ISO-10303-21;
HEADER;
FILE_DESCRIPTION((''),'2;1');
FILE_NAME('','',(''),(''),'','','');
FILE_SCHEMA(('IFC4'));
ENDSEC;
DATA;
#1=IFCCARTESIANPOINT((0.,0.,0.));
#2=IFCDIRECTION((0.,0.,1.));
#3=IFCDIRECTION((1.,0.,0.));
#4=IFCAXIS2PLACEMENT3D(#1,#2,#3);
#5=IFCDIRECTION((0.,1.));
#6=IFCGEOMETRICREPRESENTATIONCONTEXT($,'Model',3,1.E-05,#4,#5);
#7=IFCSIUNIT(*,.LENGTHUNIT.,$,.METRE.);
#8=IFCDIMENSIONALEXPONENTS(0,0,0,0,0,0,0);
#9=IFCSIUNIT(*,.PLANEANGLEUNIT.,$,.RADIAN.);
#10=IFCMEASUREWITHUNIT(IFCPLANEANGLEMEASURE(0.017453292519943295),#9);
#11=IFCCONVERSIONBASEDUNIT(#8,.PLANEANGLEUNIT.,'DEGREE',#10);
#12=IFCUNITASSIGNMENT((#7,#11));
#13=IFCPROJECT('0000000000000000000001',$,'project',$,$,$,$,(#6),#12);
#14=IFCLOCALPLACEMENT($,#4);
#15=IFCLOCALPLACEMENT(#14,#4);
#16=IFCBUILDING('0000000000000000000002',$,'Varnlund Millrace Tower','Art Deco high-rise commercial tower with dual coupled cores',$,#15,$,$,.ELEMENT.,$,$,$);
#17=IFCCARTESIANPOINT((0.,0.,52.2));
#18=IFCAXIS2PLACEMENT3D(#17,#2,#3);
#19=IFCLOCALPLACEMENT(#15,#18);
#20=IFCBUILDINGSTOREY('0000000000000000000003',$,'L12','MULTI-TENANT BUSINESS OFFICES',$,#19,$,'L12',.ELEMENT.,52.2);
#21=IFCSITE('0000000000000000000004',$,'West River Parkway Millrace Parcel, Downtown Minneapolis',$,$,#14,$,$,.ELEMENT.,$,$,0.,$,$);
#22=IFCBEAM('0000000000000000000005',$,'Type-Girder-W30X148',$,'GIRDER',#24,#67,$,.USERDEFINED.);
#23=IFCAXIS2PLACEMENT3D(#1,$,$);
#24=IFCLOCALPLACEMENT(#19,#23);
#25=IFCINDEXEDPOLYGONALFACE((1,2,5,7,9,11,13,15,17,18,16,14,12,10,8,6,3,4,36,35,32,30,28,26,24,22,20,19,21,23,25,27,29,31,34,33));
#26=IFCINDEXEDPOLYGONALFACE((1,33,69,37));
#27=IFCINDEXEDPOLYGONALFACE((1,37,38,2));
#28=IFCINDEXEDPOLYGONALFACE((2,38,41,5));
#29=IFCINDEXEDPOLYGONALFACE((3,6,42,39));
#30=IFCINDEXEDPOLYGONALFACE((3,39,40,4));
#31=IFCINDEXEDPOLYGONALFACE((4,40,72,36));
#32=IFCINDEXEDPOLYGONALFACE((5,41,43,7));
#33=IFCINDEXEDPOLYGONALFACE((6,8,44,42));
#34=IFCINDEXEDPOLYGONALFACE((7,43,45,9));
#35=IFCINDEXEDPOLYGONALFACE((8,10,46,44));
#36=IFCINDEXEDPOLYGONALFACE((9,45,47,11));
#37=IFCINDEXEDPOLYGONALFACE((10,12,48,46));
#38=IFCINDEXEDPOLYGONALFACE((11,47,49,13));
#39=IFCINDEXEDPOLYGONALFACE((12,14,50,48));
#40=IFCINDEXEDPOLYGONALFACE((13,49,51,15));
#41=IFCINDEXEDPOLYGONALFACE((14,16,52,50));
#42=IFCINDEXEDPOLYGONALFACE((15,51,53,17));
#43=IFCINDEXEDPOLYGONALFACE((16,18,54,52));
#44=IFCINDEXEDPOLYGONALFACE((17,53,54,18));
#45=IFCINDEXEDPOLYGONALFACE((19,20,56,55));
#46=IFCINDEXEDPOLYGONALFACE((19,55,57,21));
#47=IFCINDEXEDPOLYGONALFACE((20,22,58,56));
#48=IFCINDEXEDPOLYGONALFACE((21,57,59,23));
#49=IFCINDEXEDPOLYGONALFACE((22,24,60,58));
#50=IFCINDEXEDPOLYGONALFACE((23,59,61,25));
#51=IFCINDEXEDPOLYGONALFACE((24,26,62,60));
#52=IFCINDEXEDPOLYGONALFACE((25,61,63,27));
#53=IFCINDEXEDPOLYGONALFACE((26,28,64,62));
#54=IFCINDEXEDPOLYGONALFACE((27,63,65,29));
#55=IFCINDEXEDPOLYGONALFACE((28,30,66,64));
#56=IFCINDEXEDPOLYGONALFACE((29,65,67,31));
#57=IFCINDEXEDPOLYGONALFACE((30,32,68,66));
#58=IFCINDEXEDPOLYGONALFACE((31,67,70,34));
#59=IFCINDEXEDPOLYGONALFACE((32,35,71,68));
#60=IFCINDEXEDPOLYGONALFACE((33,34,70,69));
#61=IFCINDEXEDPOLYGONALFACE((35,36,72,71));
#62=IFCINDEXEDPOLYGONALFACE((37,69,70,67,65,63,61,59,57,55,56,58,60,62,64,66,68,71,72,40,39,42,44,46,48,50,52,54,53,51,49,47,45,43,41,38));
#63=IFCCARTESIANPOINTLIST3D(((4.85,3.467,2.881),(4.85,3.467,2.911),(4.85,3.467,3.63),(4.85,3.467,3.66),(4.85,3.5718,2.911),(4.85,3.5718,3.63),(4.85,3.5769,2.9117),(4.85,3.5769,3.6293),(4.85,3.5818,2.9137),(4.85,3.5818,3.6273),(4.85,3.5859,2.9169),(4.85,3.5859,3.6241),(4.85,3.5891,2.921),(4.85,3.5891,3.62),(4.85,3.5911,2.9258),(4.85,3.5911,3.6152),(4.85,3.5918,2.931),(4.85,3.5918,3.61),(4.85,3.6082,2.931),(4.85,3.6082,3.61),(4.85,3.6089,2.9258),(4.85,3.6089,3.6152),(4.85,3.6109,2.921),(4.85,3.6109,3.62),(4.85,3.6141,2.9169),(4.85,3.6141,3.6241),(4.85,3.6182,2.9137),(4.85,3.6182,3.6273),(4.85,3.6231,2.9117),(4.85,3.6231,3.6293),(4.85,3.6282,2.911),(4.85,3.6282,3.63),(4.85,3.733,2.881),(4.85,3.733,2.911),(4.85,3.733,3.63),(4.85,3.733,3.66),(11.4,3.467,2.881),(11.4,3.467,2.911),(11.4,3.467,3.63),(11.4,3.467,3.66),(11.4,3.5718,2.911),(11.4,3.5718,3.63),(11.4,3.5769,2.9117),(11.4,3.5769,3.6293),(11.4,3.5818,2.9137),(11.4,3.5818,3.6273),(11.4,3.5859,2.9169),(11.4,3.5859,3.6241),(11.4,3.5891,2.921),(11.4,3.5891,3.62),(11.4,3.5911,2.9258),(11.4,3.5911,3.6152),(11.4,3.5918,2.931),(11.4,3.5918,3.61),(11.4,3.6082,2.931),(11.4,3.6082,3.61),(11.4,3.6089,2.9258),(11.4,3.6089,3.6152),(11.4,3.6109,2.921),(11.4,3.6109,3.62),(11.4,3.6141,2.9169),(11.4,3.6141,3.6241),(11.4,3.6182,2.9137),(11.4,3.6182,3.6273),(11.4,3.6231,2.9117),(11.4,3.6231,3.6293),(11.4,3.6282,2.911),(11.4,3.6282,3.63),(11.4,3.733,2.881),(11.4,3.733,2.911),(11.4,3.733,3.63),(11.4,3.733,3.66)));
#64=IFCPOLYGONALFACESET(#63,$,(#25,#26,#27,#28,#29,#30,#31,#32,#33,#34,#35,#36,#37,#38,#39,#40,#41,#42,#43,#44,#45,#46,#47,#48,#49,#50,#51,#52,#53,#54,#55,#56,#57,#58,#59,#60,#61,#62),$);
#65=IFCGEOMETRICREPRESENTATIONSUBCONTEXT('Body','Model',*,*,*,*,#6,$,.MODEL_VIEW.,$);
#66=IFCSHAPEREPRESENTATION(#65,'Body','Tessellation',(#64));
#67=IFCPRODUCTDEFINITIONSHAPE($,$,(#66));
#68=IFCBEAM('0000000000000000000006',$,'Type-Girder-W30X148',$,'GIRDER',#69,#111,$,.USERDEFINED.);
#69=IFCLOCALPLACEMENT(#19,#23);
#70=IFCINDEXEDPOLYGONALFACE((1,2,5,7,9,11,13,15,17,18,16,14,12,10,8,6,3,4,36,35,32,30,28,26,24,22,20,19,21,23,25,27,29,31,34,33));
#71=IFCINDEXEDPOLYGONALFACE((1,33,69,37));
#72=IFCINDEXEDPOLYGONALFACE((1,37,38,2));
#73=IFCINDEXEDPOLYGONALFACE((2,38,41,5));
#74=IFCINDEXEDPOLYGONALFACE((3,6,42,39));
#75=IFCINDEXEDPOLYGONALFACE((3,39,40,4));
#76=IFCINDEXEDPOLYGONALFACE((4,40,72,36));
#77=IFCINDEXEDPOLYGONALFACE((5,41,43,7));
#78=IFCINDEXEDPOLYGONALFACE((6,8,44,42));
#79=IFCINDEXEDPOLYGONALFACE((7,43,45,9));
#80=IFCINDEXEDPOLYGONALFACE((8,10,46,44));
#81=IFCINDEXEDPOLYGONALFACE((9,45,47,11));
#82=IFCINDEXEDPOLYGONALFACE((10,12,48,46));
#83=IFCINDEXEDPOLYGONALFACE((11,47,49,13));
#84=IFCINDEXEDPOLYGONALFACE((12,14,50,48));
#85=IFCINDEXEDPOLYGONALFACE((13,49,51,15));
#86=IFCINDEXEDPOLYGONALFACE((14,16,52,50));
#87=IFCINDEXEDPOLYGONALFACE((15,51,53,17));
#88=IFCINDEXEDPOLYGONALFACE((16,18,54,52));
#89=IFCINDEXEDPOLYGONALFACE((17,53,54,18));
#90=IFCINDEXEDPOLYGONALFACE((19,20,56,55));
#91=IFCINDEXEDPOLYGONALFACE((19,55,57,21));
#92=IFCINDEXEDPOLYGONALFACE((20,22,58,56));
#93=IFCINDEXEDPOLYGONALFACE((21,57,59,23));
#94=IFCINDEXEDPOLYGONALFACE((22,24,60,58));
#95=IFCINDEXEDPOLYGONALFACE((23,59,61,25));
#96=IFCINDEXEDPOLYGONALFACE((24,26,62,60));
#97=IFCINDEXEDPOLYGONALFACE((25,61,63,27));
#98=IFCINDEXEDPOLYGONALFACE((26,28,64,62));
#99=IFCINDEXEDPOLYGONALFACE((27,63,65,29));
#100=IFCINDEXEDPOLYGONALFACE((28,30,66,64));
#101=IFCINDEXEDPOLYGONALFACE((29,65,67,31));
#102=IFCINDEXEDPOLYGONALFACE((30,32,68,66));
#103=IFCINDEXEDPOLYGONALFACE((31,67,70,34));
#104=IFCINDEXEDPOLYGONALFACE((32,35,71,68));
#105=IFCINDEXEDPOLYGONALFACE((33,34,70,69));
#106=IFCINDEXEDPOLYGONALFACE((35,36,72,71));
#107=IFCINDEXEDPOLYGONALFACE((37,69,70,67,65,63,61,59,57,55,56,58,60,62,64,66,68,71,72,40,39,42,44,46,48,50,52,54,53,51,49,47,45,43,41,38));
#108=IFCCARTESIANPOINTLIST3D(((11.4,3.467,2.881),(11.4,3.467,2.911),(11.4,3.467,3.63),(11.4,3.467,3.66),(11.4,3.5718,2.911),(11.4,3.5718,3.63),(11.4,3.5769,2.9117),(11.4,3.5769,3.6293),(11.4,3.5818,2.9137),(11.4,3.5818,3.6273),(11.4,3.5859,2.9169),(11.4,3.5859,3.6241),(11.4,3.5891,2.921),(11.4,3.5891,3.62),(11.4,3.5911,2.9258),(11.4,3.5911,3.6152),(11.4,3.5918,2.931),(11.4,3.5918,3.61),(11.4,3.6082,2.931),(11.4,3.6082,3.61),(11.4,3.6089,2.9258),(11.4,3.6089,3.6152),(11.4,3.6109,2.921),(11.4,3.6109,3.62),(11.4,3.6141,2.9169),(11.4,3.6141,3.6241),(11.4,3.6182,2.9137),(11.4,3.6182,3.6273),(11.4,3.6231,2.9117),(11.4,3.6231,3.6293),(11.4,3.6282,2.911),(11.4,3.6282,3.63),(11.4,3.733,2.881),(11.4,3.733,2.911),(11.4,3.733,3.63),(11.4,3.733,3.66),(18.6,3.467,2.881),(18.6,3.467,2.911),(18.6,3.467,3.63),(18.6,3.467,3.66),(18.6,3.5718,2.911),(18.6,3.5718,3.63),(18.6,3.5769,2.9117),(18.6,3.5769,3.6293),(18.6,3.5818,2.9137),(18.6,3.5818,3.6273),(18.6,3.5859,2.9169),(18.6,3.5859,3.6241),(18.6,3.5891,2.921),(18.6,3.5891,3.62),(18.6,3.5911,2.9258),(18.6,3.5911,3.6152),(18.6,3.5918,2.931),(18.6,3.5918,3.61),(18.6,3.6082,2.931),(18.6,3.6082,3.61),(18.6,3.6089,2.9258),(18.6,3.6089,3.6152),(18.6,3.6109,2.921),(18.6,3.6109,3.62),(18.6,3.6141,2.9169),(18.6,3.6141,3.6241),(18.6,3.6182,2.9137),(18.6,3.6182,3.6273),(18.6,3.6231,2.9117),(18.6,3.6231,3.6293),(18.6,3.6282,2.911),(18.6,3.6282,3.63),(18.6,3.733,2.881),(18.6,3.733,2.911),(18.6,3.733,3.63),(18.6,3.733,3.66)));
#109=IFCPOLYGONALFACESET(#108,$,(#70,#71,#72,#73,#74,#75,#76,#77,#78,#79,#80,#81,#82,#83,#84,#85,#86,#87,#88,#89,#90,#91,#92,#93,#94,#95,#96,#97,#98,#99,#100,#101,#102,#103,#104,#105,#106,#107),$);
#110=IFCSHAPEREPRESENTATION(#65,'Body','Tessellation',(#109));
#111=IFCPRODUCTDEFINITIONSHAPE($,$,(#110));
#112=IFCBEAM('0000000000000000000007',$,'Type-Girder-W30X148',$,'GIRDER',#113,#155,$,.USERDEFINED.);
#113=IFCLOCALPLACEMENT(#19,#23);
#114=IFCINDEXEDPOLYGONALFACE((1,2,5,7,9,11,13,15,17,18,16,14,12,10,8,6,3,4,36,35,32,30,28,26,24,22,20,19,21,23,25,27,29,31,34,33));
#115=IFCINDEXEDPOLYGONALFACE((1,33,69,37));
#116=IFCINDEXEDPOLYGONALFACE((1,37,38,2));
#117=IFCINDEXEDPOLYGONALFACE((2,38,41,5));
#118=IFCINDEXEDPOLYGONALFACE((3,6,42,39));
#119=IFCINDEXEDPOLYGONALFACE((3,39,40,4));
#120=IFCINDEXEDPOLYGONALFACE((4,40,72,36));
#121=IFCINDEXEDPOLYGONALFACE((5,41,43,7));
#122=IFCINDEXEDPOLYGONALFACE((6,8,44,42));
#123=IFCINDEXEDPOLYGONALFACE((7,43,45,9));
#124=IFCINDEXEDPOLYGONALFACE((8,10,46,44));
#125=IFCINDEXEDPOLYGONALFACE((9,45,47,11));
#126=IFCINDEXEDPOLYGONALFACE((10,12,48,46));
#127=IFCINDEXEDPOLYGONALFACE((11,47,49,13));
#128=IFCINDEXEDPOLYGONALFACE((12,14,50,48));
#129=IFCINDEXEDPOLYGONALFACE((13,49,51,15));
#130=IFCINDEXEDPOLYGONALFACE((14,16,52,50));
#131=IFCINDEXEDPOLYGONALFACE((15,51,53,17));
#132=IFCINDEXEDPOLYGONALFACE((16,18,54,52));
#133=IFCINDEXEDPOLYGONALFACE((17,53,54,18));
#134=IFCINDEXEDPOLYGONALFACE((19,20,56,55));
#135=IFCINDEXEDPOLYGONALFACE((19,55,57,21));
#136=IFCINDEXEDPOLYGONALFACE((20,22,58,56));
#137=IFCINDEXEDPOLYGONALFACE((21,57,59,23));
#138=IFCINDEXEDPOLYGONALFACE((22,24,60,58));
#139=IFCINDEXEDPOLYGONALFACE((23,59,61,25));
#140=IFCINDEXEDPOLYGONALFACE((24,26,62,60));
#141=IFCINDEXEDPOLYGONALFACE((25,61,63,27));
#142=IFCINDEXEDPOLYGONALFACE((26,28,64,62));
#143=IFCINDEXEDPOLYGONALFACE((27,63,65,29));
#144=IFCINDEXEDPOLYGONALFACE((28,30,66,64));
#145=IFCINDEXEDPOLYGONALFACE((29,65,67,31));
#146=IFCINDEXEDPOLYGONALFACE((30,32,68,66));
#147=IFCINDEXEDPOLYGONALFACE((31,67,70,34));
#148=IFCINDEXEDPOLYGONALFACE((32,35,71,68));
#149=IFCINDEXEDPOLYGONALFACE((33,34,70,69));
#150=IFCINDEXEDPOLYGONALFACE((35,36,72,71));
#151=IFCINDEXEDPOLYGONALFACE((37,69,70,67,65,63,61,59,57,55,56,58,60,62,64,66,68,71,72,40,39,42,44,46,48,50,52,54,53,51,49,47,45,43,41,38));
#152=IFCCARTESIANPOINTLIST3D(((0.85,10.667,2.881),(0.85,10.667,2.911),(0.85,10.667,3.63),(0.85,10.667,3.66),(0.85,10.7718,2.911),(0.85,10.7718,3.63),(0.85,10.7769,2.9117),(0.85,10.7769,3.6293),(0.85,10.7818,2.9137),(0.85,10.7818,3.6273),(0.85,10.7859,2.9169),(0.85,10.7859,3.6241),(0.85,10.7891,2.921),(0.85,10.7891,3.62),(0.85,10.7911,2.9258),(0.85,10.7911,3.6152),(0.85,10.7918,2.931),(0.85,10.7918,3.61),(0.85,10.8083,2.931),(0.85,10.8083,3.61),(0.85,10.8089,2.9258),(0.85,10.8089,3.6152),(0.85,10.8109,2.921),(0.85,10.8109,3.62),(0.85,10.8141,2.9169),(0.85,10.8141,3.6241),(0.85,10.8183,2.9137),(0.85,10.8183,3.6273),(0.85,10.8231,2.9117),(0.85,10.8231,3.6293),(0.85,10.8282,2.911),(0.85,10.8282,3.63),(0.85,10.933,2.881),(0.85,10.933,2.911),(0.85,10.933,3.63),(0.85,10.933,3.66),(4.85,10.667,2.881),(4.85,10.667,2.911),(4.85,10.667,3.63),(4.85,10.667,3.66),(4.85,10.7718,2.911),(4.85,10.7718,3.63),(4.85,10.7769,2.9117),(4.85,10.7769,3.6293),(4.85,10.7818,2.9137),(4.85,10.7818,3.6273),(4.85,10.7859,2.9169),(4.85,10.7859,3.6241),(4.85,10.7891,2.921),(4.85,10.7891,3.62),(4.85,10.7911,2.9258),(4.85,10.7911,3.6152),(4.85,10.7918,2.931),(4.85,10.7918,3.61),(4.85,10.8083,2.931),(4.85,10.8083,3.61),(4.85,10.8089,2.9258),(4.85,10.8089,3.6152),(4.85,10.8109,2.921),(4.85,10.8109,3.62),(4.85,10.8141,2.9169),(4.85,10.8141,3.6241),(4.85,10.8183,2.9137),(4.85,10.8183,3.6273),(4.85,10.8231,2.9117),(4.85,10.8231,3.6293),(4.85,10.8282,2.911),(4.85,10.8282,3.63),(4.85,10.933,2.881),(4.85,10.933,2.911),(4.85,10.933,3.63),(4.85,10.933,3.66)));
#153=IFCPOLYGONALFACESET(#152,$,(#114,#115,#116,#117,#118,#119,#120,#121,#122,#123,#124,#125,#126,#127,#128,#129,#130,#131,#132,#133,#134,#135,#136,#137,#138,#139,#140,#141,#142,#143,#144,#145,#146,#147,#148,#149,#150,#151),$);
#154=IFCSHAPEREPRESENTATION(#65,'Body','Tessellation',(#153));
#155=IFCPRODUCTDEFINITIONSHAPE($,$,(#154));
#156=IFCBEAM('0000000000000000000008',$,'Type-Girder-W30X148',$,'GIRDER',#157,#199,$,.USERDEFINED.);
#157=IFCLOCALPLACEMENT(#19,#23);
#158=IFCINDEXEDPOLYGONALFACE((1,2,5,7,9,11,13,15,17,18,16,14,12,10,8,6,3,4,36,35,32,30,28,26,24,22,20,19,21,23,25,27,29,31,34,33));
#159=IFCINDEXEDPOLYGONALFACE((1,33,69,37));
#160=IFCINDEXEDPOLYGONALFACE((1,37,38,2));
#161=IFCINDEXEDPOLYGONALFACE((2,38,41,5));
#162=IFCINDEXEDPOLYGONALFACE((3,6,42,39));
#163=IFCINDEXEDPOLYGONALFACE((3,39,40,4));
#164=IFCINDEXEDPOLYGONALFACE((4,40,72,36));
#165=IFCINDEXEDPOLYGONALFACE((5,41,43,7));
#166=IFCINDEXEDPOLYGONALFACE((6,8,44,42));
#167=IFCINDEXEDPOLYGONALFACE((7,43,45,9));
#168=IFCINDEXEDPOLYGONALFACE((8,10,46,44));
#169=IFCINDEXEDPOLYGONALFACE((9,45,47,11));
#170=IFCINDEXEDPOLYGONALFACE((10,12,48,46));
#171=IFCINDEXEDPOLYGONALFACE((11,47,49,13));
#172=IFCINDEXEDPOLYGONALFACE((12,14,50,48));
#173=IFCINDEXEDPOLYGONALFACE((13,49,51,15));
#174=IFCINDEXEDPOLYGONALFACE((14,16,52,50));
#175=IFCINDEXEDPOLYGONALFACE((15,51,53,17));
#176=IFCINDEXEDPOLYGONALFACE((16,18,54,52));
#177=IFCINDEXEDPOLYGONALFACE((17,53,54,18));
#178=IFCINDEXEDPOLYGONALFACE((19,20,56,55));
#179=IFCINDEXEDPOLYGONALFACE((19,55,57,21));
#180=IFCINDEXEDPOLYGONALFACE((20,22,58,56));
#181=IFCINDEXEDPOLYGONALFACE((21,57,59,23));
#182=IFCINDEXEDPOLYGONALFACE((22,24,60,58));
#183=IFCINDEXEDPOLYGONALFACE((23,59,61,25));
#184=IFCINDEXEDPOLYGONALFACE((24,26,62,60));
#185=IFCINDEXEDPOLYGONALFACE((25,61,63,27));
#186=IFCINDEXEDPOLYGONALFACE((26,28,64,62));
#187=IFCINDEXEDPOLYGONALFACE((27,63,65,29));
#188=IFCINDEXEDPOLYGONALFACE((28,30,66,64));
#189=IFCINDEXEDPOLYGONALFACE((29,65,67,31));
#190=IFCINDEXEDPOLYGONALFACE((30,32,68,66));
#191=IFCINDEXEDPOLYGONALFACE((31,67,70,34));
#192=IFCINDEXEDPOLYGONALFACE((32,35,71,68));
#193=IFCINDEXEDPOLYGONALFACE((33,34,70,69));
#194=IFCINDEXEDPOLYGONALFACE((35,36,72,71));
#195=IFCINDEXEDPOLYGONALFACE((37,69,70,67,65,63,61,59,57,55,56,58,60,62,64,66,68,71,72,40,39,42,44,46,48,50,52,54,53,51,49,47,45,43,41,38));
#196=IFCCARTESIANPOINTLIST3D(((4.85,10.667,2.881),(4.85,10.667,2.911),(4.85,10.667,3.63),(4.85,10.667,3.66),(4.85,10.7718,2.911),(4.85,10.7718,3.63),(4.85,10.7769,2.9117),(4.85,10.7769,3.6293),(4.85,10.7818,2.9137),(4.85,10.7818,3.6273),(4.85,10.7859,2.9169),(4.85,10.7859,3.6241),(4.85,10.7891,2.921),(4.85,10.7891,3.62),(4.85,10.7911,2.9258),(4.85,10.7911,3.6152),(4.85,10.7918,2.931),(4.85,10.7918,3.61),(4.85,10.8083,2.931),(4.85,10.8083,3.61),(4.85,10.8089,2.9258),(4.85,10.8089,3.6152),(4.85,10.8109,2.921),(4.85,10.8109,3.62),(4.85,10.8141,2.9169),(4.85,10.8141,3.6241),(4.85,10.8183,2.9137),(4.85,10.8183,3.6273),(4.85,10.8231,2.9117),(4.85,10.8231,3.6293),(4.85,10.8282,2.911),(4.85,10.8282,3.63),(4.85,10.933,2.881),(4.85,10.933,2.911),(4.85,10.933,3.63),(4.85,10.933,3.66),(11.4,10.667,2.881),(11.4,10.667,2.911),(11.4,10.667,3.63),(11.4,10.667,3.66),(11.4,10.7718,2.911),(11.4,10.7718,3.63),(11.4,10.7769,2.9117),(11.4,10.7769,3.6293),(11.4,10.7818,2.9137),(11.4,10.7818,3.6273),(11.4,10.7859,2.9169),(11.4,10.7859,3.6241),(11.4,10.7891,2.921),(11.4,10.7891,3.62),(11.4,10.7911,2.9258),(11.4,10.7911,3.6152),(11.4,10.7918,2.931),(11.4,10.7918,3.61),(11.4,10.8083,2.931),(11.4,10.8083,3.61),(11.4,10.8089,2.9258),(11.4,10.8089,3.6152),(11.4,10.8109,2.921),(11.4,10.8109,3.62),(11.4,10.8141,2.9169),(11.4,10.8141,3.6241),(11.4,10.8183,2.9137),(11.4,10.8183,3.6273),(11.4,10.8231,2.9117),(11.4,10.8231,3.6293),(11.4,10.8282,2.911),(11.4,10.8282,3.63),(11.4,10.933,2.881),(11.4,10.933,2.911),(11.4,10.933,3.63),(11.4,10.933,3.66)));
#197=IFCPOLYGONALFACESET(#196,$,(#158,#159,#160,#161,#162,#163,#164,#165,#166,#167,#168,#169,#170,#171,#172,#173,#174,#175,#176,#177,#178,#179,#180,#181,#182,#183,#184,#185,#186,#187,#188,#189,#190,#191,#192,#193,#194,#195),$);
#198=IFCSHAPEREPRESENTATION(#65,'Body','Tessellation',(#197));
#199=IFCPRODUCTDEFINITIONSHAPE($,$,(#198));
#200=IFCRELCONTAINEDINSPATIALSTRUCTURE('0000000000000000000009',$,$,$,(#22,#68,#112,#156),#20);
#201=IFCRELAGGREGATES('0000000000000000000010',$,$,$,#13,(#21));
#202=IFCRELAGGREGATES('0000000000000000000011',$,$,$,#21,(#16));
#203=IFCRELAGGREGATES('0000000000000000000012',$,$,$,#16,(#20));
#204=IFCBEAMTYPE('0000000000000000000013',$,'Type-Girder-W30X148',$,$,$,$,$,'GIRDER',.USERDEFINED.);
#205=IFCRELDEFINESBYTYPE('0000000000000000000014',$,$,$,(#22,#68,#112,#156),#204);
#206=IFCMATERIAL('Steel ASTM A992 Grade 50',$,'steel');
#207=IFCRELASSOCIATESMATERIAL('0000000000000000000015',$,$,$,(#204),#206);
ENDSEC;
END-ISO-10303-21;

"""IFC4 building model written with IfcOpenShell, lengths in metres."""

from ifc_helpers import new_model, entity, si_unit, converted_unit, direction, frame, origin_with_axes, origin_2d_with_axis, place, context, subcontext, project, spatial, i_section, extrude, material, material_profile, profile_set, type_object, element, save


model = new_model("IFC4")

# Units and contexts
model_context = context("Model", 3, precision=1e-05, world=origin_with_axes(), true_north=direction((0.0, 1.0)))
body_context = subcontext(model_context, "Body", "Model", "MODEL_VIEW")
ifc_project = project(units=[si_unit("LENGTHUNIT", "METRE"), converted_unit("PLANEANGLEUNIT", "DEGREE", entity("IfcPlaneAngleMeasure", 0.017453292519943295), si_unit("PLANEANGLEUNIT", "RADIAN"), dimensions=[0, 0, 0, 0, 0, 0, 0])], contexts=[model_context])

# Site, building, storey
site_placement = place(None, origin_with_axes())
site = spatial("IfcSite", under=ifc_project, at=site_placement, Name="West River Parkway Millrace Parcel, Downtown Minneapolis", CompositionType="ELEMENT", RefElevation=0.0)
building_placement = place(site_placement, origin_with_axes())
building = spatial("IfcBuilding", under=site, at=building_placement, Name="Varnlund Millrace Tower", Description="Art Deco high-rise commercial tower with dual coupled cores", CompositionType="ELEMENT")
storey_placement = place(building_placement, frame((0.0, 0.0, 52.2), z_axis=(0.0, 0.0, 1.0), x_axis=(1.0, 0.0, 0.0)))
storey = spatial("IfcBuildingStorey", under=building, at=storey_placement, Name="L12", Description="MULTI-TENANT BUSINESS OFFICES", LongName="L12", CompositionType="ELEMENT", Elevation=52.2)

# Beams
ifc_material_1 = material(Name="Steel ASTM A992 Grade 50", Category="steel")
ifc_material_profile_1 = material_profile(ifc_material_1, i_section(OverallWidth=0.266, OverallDepth=0.779, WebThickness=0.0165, FlangeThickness=0.03, FilletRadius=0.02, at=origin_2d_with_axis()), Name="Steel ASTM A992 Grade 50")
ifc_profile_set_1 = profile_set([ifc_material_profile_1], Name="Steel ASTM A992 Grade 50")
beam_type_1 = type_object("IfcBeamType", Name="Type-Girder-W30X148", ElementType="GIRDER", PredefinedType="USERDEFINED", material=ifc_profile_set_1)
beam_1_placement = place(storey_placement, frame((4.85, 3.6, 3.2705), z_axis=(1.0, 0.0, 0.0), x_axis=(0.0, 1.0, 0.0)))
element("IfcBeam", 1, at=beam_1_placement, inside=storey, type_object=beam_type_1, Name="Type-Girder-W30X148", ObjectType="GIRDER", PredefinedType="USERDEFINED", context=body_context, shape_type="SweptSolid", body=[
    extrude(i_section(OverallWidth=0.266, OverallDepth=0.779, WebThickness=0.0165, FlangeThickness=0.03, FilletRadius=0.02, at=origin_2d_with_axis()), origin_with_axes(), (0.0, 0.0, 1.0), 6.55),
])
beam_2_placement = place(storey_placement, frame((11.4, 3.6, 3.2705), z_axis=(1.0, 0.0, 0.0), x_axis=(0.0, 1.0, 0.0)))
element("IfcBeam", 2, at=beam_2_placement, inside=storey, type_object=beam_type_1, Name="Type-Girder-W30X148", ObjectType="GIRDER", PredefinedType="USERDEFINED", context=body_context, shape_type="SweptSolid", body=[
    extrude(i_section(OverallWidth=0.266, OverallDepth=0.779, WebThickness=0.0165, FlangeThickness=0.03, FilletRadius=0.02, at=origin_2d_with_axis()), origin_with_axes(), (0.0, 0.0, 1.0), 7.2),
])
beam_3_placement = place(storey_placement, frame((0.85, 10.8, 3.2705), z_axis=(1.0, 0.0, 0.0), x_axis=(0.0, 1.0, 0.0)))
element("IfcBeam", 3, at=beam_3_placement, inside=storey, type_object=beam_type_1, Name="Type-Girder-W30X148", ObjectType="GIRDER", PredefinedType="USERDEFINED", context=body_context, shape_type="SweptSolid", body=[
    extrude(i_section(OverallWidth=0.266, OverallDepth=0.779, WebThickness=0.0165, FlangeThickness=0.03, FilletRadius=0.02, at=origin_2d_with_axis()), origin_with_axes(), (0.0, 0.0, 1.0), 4.0),
])
beam_4_placement = place(storey_placement, frame((4.85, 10.8, 3.2705), z_axis=(1.0, 0.0, 0.0), x_axis=(0.0, 1.0, 0.0)))
element("IfcBeam", 4, at=beam_4_placement, inside=storey, type_object=beam_type_1, Name="Type-Girder-W30X148", ObjectType="GIRDER", PredefinedType="USERDEFINED", context=body_context, shape_type="SweptSolid", body=[
    extrude(i_section(OverallWidth=0.266, OverallDepth=0.779, WebThickness=0.0165, FlangeThickness=0.03, FilletRadius=0.02, at=origin_2d_with_axis()), origin_with_axes(), (0.0, 0.0, 1.0), 6.55),
])

save(model, "model.ifc")
